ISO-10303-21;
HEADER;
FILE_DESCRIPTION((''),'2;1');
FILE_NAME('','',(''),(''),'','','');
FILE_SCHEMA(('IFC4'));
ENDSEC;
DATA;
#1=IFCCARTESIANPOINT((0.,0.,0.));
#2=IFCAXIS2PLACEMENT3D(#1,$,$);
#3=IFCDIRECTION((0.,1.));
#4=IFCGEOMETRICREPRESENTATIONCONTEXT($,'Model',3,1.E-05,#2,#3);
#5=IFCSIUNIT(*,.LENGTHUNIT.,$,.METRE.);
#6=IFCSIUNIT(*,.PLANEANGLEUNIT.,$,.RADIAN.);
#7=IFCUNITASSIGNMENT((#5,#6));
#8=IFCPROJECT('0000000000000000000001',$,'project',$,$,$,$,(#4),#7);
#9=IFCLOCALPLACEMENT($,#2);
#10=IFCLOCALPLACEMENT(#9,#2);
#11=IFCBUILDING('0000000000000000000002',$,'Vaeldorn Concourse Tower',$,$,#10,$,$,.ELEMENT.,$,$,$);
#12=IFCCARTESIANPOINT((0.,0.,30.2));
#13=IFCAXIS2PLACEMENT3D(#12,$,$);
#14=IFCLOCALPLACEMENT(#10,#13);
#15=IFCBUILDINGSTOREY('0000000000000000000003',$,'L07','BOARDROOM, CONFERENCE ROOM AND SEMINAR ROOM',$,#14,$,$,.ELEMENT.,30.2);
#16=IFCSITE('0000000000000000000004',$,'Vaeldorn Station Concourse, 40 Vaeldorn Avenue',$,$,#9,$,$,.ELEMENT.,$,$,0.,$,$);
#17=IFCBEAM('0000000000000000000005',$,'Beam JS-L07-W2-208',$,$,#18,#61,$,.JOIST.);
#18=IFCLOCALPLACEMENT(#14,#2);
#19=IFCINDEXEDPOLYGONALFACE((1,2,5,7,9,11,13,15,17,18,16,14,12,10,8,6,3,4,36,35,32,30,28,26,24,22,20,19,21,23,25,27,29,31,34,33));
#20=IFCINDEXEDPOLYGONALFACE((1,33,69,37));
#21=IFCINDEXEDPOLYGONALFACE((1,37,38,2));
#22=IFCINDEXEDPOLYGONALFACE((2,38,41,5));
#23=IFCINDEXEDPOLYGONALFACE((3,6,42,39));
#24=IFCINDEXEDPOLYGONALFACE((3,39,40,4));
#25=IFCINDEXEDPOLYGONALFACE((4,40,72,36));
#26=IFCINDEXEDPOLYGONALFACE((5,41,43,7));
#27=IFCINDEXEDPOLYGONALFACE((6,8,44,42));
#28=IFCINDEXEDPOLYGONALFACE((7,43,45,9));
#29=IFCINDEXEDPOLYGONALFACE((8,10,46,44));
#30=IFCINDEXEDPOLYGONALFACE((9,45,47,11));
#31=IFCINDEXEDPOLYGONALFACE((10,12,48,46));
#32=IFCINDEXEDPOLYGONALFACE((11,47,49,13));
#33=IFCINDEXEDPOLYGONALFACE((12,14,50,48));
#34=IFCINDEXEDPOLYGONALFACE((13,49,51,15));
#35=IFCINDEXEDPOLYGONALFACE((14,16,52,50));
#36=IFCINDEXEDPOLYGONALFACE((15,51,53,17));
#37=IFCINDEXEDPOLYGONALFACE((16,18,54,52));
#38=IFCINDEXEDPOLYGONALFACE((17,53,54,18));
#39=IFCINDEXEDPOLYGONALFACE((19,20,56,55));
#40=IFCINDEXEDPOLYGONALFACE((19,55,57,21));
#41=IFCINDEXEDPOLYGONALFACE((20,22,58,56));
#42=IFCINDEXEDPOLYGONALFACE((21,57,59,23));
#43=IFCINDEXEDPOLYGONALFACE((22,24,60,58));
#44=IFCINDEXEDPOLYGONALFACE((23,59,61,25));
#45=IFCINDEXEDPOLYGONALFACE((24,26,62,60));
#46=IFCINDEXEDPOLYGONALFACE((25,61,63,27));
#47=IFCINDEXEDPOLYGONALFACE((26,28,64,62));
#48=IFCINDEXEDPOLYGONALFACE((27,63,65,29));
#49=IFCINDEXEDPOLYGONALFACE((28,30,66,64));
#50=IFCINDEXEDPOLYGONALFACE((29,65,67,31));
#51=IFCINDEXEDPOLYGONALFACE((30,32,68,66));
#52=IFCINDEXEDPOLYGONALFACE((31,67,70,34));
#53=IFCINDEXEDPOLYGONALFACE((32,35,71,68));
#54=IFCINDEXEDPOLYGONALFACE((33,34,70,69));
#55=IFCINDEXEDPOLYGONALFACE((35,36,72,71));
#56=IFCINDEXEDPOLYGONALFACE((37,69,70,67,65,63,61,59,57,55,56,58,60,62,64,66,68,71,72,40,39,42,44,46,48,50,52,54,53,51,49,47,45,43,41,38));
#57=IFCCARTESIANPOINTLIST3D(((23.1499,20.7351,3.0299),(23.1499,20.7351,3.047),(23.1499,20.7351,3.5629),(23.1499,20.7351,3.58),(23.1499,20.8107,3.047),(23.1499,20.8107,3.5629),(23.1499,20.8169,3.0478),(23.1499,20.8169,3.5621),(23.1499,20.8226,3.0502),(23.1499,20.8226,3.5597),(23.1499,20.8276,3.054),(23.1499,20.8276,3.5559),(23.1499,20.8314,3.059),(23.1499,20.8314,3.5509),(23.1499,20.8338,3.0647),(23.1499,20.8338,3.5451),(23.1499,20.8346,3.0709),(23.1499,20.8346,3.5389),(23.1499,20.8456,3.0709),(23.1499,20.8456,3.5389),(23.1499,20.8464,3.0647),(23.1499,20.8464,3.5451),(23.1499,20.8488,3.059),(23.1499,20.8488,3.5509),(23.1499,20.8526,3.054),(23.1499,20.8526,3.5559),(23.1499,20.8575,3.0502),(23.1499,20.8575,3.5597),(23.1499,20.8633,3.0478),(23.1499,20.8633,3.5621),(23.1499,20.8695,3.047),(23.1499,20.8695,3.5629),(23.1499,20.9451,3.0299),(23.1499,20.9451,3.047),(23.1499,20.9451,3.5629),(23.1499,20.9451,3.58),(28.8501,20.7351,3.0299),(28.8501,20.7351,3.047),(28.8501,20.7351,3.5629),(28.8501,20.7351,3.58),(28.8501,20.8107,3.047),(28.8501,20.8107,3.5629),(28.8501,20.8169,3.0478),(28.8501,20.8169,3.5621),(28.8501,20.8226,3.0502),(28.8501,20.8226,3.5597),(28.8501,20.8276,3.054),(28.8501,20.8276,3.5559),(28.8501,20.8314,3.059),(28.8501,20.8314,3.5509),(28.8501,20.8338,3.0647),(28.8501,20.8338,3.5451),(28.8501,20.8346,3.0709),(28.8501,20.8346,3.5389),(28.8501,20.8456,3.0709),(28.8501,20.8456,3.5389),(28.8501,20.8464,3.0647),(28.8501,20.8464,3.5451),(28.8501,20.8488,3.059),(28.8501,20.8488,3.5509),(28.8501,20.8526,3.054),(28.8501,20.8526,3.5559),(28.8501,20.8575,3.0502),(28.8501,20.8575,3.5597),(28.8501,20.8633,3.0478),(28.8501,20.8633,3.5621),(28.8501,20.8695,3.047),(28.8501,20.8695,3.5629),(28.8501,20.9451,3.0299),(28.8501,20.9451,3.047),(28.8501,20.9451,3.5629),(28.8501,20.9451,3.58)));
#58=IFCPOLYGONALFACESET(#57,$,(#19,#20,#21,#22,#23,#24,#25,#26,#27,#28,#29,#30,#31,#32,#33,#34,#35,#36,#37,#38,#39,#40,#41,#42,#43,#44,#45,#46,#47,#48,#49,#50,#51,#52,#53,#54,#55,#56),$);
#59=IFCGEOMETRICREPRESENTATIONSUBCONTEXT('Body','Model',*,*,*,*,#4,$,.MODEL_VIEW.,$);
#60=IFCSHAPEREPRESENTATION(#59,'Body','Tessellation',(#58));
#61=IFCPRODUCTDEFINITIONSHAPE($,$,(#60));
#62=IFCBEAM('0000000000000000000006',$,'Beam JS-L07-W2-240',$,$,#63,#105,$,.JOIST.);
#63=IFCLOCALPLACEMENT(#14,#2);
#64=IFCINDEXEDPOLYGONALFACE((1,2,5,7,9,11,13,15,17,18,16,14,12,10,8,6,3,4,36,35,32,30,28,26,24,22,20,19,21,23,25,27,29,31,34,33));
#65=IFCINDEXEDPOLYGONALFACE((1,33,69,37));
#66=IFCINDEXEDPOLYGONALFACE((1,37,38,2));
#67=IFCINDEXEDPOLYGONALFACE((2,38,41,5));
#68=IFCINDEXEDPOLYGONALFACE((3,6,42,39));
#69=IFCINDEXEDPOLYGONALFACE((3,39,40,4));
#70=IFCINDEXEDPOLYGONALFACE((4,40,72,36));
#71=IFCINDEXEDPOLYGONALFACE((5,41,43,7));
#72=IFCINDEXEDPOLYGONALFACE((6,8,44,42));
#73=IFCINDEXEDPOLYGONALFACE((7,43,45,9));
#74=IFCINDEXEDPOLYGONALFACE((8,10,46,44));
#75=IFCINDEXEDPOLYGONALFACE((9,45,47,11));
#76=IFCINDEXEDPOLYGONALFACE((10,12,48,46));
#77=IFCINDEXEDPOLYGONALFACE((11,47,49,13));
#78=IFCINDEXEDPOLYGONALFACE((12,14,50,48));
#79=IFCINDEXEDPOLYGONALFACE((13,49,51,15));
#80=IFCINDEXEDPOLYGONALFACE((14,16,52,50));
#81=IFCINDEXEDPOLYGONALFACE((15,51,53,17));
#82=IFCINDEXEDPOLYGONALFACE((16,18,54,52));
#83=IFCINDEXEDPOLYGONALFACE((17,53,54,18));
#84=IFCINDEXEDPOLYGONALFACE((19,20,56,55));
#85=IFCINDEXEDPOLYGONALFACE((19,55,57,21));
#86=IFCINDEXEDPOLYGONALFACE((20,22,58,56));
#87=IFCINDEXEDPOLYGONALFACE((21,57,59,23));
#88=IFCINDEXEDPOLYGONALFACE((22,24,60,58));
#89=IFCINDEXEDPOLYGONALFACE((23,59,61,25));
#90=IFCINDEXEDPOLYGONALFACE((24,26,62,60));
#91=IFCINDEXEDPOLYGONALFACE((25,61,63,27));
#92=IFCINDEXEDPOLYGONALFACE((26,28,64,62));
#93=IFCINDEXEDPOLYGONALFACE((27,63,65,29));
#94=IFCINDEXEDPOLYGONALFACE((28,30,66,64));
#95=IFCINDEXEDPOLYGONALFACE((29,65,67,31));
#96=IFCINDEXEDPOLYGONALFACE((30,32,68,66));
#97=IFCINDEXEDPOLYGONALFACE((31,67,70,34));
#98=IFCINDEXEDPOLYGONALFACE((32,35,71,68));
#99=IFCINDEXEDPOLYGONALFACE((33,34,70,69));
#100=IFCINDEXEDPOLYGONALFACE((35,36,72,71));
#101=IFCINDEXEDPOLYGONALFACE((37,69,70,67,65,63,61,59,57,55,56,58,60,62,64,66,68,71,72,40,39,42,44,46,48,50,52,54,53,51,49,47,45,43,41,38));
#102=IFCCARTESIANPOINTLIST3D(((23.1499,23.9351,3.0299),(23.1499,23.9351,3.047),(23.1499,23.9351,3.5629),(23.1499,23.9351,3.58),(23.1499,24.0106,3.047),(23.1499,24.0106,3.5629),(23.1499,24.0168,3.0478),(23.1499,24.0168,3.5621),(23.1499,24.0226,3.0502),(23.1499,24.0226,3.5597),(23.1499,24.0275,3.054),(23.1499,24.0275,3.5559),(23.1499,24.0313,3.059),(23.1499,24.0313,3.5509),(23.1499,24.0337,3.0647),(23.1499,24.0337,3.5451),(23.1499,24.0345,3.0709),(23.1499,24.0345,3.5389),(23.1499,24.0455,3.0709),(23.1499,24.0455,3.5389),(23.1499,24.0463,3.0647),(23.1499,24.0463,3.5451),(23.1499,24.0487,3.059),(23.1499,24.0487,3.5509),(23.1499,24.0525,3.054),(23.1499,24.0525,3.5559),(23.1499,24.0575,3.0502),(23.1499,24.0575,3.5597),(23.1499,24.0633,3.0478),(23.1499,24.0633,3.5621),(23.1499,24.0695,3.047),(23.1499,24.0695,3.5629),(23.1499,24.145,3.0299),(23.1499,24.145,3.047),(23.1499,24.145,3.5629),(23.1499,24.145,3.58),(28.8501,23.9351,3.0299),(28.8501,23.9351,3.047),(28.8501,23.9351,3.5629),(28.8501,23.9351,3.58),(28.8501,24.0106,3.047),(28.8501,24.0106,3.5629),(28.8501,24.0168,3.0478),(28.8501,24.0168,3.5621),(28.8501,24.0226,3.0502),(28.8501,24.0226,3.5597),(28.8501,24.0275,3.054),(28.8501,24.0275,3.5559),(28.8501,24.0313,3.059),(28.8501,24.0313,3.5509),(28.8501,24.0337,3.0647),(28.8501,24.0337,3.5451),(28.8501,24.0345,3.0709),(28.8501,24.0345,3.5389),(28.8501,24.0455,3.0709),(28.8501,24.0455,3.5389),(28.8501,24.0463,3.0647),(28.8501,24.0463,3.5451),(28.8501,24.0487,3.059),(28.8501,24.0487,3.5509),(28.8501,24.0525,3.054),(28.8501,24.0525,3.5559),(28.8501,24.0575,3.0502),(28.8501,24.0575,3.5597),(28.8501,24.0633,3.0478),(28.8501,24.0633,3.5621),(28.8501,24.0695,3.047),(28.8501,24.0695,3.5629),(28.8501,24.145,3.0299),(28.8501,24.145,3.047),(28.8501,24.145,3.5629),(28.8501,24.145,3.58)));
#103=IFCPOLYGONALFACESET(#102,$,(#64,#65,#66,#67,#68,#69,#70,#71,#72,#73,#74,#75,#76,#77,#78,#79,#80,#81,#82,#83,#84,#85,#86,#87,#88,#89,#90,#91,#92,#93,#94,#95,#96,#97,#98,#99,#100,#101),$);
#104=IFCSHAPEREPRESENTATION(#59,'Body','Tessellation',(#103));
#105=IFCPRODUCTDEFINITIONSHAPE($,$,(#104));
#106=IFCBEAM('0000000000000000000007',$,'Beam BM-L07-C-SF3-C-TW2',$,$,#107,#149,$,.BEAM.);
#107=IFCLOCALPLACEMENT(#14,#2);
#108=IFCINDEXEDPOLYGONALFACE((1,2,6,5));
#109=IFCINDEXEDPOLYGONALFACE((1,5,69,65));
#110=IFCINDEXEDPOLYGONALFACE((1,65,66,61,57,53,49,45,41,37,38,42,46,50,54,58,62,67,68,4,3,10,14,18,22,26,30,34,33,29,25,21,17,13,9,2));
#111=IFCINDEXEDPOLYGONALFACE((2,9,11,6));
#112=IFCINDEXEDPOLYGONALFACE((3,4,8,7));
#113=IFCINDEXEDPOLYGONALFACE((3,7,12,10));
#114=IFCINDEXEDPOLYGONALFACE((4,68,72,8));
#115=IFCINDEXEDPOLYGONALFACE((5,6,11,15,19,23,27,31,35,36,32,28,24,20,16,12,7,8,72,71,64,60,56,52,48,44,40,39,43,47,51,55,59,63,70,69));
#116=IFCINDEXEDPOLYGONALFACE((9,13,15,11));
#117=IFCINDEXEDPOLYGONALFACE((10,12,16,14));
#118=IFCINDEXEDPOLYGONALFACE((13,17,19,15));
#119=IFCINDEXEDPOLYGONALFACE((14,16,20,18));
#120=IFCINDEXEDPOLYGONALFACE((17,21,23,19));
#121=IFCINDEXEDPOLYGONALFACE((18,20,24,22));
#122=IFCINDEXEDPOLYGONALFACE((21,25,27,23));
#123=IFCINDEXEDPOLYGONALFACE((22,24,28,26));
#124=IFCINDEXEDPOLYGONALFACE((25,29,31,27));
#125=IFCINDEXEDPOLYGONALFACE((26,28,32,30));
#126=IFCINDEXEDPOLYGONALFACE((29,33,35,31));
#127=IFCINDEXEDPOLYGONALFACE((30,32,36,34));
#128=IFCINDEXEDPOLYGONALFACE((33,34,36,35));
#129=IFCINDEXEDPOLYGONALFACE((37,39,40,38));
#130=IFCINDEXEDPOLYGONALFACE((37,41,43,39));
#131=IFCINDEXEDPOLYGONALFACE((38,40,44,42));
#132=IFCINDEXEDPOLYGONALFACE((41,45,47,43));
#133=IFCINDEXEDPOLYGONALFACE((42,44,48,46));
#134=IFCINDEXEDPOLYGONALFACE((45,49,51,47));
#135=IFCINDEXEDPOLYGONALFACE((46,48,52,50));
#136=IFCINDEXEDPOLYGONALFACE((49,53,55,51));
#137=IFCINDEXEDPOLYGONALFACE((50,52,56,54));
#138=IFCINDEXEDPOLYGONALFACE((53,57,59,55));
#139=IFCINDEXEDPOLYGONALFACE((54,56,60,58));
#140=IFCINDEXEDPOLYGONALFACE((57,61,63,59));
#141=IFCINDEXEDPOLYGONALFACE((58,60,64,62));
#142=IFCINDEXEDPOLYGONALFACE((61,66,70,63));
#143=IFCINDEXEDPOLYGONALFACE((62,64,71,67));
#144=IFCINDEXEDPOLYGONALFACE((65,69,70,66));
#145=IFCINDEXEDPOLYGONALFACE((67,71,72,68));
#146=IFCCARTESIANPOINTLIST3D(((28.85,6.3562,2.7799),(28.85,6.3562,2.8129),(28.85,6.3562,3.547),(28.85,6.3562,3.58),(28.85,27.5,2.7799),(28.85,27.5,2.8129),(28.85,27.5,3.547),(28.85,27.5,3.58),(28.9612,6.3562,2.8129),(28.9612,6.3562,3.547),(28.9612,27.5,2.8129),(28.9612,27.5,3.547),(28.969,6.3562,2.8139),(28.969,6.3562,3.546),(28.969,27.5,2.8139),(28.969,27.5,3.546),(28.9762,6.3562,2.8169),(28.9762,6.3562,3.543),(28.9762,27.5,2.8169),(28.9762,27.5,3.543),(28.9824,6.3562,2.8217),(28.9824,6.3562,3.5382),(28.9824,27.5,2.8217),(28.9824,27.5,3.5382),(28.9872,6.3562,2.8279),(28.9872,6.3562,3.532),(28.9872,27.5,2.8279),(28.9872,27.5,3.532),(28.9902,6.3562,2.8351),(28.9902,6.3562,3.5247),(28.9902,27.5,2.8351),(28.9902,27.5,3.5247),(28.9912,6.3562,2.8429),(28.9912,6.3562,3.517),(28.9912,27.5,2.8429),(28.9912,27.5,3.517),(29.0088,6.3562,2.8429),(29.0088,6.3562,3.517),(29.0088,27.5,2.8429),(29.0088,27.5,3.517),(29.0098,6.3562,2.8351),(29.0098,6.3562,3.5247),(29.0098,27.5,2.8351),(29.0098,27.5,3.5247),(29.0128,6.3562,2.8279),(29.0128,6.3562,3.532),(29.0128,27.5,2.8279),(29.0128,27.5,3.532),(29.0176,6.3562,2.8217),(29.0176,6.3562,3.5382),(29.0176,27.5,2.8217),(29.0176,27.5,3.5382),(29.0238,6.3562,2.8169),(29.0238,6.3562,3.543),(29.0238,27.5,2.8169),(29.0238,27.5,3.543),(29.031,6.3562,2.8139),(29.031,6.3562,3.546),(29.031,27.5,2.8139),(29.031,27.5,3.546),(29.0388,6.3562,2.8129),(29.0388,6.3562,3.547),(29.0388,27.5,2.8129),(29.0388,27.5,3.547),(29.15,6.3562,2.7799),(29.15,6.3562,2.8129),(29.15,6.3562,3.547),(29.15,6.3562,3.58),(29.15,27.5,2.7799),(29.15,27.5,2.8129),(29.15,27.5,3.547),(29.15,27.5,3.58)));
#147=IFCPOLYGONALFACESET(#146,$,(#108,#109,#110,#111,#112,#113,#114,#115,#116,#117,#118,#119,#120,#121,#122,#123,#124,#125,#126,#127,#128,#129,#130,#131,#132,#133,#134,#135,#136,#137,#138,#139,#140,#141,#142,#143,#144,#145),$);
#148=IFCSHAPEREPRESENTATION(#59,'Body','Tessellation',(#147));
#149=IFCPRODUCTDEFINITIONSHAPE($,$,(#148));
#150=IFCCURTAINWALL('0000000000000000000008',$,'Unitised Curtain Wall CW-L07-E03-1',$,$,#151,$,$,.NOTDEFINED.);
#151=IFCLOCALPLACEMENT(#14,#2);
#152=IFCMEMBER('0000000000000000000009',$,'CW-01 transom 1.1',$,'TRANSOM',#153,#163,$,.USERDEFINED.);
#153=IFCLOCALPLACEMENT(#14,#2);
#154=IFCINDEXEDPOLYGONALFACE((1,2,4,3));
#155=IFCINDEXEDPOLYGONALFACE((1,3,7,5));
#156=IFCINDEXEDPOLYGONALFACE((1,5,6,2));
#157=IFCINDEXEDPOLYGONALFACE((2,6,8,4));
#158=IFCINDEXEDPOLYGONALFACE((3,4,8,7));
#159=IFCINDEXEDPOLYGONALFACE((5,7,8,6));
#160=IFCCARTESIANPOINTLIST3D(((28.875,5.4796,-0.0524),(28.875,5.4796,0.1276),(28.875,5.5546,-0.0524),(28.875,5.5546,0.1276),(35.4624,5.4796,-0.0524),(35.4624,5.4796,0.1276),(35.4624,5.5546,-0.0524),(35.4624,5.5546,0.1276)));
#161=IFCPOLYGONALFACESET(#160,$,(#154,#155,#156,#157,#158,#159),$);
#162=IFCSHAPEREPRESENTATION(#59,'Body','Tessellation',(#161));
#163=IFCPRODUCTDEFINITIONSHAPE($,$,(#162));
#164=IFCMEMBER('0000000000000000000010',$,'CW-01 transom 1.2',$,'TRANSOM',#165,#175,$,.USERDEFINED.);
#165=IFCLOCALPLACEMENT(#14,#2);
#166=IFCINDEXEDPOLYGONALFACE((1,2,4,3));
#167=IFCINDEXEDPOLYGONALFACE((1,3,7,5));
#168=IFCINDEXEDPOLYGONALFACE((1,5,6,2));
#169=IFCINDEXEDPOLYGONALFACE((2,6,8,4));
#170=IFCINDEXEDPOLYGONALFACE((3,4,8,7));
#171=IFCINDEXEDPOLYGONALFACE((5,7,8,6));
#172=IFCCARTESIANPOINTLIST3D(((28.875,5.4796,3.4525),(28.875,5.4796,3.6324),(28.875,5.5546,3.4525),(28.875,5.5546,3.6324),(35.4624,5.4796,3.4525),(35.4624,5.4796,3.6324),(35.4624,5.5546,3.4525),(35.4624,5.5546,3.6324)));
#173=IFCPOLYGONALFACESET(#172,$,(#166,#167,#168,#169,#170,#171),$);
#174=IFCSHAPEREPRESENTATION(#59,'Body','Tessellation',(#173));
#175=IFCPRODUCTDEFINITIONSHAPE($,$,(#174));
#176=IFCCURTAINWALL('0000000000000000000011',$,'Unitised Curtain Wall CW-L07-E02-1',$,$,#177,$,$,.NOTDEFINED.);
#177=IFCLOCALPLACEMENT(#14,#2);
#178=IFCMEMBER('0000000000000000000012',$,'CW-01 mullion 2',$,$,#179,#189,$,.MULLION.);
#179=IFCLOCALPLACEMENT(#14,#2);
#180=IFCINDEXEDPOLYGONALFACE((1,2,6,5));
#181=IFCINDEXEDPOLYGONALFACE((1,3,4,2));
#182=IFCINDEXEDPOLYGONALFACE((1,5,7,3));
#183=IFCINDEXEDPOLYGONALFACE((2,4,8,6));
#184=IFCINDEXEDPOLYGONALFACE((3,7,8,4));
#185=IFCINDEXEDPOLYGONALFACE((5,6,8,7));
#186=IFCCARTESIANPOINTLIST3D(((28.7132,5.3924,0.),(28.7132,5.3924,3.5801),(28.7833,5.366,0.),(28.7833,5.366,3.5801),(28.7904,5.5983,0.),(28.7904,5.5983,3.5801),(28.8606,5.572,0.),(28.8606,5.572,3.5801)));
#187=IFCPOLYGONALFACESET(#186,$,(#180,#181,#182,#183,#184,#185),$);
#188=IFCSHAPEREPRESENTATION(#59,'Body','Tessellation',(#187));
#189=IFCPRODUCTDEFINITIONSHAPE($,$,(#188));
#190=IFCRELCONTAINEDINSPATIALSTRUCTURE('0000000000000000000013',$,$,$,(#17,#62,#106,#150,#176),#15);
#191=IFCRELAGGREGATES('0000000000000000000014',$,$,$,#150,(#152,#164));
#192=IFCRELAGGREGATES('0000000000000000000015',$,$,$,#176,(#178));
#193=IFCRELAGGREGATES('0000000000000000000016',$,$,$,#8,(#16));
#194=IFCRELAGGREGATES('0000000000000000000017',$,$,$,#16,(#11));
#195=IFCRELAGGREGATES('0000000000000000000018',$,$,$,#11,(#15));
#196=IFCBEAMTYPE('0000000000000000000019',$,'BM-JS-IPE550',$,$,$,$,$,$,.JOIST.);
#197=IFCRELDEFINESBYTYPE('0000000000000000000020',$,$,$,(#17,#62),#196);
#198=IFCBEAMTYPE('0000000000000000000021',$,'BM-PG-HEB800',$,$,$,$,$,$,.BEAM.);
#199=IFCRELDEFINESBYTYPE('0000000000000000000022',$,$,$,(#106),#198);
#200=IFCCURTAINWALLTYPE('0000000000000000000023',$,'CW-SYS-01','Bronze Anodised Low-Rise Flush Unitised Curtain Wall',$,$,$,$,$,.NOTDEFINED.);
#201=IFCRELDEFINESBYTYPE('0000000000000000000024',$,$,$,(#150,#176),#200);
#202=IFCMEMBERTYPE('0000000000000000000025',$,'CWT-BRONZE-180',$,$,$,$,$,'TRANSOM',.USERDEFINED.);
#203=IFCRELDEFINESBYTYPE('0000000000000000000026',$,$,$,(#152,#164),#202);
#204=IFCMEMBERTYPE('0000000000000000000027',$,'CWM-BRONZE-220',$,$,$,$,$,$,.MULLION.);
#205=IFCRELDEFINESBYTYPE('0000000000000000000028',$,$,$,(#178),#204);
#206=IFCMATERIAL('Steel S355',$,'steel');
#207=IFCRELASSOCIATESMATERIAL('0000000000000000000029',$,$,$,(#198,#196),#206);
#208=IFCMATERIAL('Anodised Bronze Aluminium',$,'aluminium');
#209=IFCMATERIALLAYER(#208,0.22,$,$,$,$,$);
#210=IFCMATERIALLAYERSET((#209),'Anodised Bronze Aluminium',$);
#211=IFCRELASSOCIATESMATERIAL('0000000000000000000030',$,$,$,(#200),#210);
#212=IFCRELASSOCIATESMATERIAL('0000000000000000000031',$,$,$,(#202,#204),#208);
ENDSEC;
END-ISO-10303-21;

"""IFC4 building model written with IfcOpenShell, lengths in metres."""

from ifc_helpers import new_model, si_unit, direction, frame, origin, origin_2d, place, context, subcontext, project, spatial, rectangle, i_section, extrude, source, transform, mapped, material, layer, layer_set, material_profile, profile_set, type_object, element, aggregate, save


model = new_model("IFC4")

# Units and contexts
model_context = context("Model", 3, precision=1e-05, world=origin(), true_north=direction((0.0, 1.0)))
body_context = subcontext(model_context, "Body", "Model", "MODEL_VIEW")
ifc_project = project(units=[si_unit("LENGTHUNIT", "METRE"), si_unit("PLANEANGLEUNIT", "RADIAN")], contexts=[model_context])

# Site, building, storey
site_placement = place(None, origin())
site = spatial("IfcSite", under=ifc_project, at=site_placement, Name="Vaeldorn Station Concourse, 40 Vaeldorn Avenue", CompositionType="ELEMENT", RefElevation=0.0)
building_placement = place(site_placement, origin())
building = spatial("IfcBuilding", under=site, at=building_placement, Name="Vaeldorn Concourse Tower", CompositionType="ELEMENT")
storey_placement = place(building_placement, frame((0.0, 0.0, 30.2)))
storey = spatial("IfcBuildingStorey", under=building, at=storey_placement, Name="L07", Description="BOARDROOM, CONFERENCE ROOM AND SEMINAR ROOM", CompositionType="ELEMENT", Elevation=30.2)

# Beams
ifc_material_1 = material(Name="Steel S355", Category="steel")
ifc_material_profile_1 = material_profile(ifc_material_1, i_section(OverallWidth=0.3, OverallDepth=0.8, WebThickness=0.0176, FlangeThickness=0.033, FilletRadius=0.03, at=origin_2d()), Name="HEB 800")
ifc_profile_set_1 = profile_set([ifc_material_profile_1], Name="Steel S355")
beam_type_1 = type_object("IfcBeamType", Name="BM-PG-HEB800", PredefinedType="BEAM", material=ifc_profile_set_1)
ifc_material_profile_2 = material_profile(ifc_material_1, i_section(OverallWidth=0.21, OverallDepth=0.55, WebThickness=0.011, FlangeThickness=0.0171, FilletRadius=0.0239, at=origin_2d()), Name="IPE 550")
ifc_profile_set_2 = profile_set([ifc_material_profile_2], Name="Steel S355")
beam_type_2 = type_object("IfcBeamType", Name="BM-JS-IPE550", PredefinedType="JOIST", material=ifc_profile_set_2)
shared_shape_1 = source(origin(), body_context, "Body", "SweptSolid", [
    extrude(i_section(OverallWidth=0.21, OverallDepth=0.55, WebThickness=0.011, FlangeThickness=0.0171, FilletRadius=0.0239, at=origin_2d()), origin(), (0.0, 0.0, 1.0), 5.7002),
])
for number, where, z_axis, x_axis, name in (
    (1, (23.1499, 20.8401, 3.3049), (1.0, 0.0, 0.0), (0.0, 1.0, 0.0), "Beam JS-L07-W2-208"),
    (2, (23.1499, 24.04, 3.3049), (1.0, 0.0, 0.0), (0.0, 1.0, 0.0), "Beam JS-L07-W2-240"),
):
    element("IfcBeam", number, at=place(storey_placement, frame(where, z_axis=z_axis, x_axis=x_axis)), inside=storey, type_object=beam_type_2, Name=name, PredefinedType="JOIST", context=body_context, shape_type="MappedRepresentation", body=[
        mapped(shared_shape_1, transform((0.0, 0.0, 0.0), scale=1.0)),
    ])
shared_shape_2 = source(origin(), body_context, "Body", "SweptSolid", [
    extrude(i_section(OverallWidth=0.3, OverallDepth=0.8, WebThickness=0.0176, FlangeThickness=0.033, FilletRadius=0.03, at=origin_2d()), origin(), (0.0, 0.0, 1.0), 21.1438),
])
beam_1_placement = place(storey_placement, frame((29.0, 6.3562, 3.1799), z_axis=(0.0, 1.0, 0.0), x_axis=(-1.0, 0.0, 0.0)))
element("IfcBeam", 3, at=beam_1_placement, inside=storey, type_object=beam_type_1, Name="Beam BM-L07-C-SF3-C-TW2", PredefinedType="BEAM", context=body_context, shape_type="MappedRepresentation", body=[
    mapped(shared_shape_2, transform((0.0, 0.0, 0.0), scale=1.0)),
])

# Curtain wall, members
ifc_material_2 = material(Name="Anodised Bronze Aluminium", Category="aluminium")
ifc_layer_1 = layer(ifc_material_2, 0.22)
ifc_layer_set_1 = layer_set([ifc_layer_1], Name="Anodised Bronze Aluminium")
curtain_wall_type = type_object("IfcCurtainWallType", Name="CW-SYS-01", Description="Bronze Anodised Low-Rise Flush Unitised Curtain Wall", PredefinedType="NOTDEFINED", material=ifc_layer_set_1)
curtain_wall_1_placement = place(storey_placement, origin())
curtain_wall_1 = element("IfcCurtainWall", 4, at=curtain_wall_1_placement, inside=storey, type_object=curtain_wall_type, Name="Unitised Curtain Wall CW-L07-E03-1", PredefinedType="NOTDEFINED")
ifc_material_profile_3 = material_profile(ifc_material_2, rectangle(XDim=0.075, YDim=0.1799, at=origin_2d()), Name="CWT 75x180")
ifc_profile_set_3 = profile_set([ifc_material_profile_3], Name="Anodised Bronze Aluminium")
member_type_1 = type_object("IfcMemberType", Name="CWT-BRONZE-180", ElementType="TRANSOM", PredefinedType="USERDEFINED", material=ifc_profile_set_3)
shared_shape_3 = source(origin(), body_context, "Body", "SweptSolid", [
    extrude(rectangle(XDim=0.075, YDim=0.1799, at=origin_2d()), origin(), (0.0, 0.0, 1.0), 6.5874),
])
member_1_placement = place(storey_placement, frame((28.875, 5.5171, 0.0376), z_axis=(1.0, 0.0, 0.0), x_axis=(0.0, 1.0, 0.0)))
member_1 = element("IfcMember", 5, at=member_1_placement, type_object=member_type_1, Name="CW-01 transom 1.1", ObjectType="TRANSOM", PredefinedType="USERDEFINED", context=body_context, shape_type="MappedRepresentation", body=[
    mapped(shared_shape_3, transform((0.0, 0.0, 0.0), scale=1.0)),
])
member_2_placement = place(storey_placement, frame((28.875, 5.5171, 3.5425), z_axis=(1.0, 0.0, 0.0), x_axis=(0.0, 1.0, 0.0)))
member_2 = element("IfcMember", 6, at=member_2_placement, type_object=member_type_1, Name="CW-01 transom 1.2", ObjectType="TRANSOM", PredefinedType="USERDEFINED", context=body_context, shape_type="MappedRepresentation", body=[
    mapped(shared_shape_3, transform((0.0, 0.0, 0.0), scale=1.0)),
])

# Curtain wall, member
curtain_wall_2_placement = place(storey_placement, origin())
curtain_wall_2 = element("IfcCurtainWall", 7, at=curtain_wall_2_placement, inside=storey, type_object=curtain_wall_type, Name="Unitised Curtain Wall CW-L07-E02-1", PredefinedType="NOTDEFINED")
ifc_material_profile_4 = material_profile(ifc_material_2, rectangle(XDim=0.075, YDim=0.22, at=origin_2d()), Name="CWM 75x220")
ifc_profile_set_4 = profile_set([ifc_material_profile_4], Name="Anodised Bronze Aluminium")
member_type_2 = type_object("IfcMemberType", Name="CWM-BRONZE-220", PredefinedType="MULLION", material=ifc_profile_set_4)
shared_shape_4 = source(origin(), body_context, "Body", "SweptSolid", [
    extrude(rectangle(XDim=0.075, YDim=0.22, at=origin_2d()), origin(), (0.0, 0.0, 1.0), 3.5801),
])
member_3_placement = place(storey_placement, frame((28.7869, 5.4822, 0.0), z_axis=(0.0, 0.0, 1.0), x_axis=(-0.936329, 0.351123, 0.0)))
member_3 = element("IfcMember", 8, at=member_3_placement, type_object=member_type_2, Name="CW-01 mullion 2", PredefinedType="MULLION", context=body_context, shape_type="MappedRepresentation", body=[
    mapped(shared_shape_4, transform((0.0, 0.0, 0.0), scale=1.0)),
])

aggregate(curtain_wall_1, [member_1, member_2])

aggregate(curtain_wall_2, [member_3])

save(model, "model.ifc")
